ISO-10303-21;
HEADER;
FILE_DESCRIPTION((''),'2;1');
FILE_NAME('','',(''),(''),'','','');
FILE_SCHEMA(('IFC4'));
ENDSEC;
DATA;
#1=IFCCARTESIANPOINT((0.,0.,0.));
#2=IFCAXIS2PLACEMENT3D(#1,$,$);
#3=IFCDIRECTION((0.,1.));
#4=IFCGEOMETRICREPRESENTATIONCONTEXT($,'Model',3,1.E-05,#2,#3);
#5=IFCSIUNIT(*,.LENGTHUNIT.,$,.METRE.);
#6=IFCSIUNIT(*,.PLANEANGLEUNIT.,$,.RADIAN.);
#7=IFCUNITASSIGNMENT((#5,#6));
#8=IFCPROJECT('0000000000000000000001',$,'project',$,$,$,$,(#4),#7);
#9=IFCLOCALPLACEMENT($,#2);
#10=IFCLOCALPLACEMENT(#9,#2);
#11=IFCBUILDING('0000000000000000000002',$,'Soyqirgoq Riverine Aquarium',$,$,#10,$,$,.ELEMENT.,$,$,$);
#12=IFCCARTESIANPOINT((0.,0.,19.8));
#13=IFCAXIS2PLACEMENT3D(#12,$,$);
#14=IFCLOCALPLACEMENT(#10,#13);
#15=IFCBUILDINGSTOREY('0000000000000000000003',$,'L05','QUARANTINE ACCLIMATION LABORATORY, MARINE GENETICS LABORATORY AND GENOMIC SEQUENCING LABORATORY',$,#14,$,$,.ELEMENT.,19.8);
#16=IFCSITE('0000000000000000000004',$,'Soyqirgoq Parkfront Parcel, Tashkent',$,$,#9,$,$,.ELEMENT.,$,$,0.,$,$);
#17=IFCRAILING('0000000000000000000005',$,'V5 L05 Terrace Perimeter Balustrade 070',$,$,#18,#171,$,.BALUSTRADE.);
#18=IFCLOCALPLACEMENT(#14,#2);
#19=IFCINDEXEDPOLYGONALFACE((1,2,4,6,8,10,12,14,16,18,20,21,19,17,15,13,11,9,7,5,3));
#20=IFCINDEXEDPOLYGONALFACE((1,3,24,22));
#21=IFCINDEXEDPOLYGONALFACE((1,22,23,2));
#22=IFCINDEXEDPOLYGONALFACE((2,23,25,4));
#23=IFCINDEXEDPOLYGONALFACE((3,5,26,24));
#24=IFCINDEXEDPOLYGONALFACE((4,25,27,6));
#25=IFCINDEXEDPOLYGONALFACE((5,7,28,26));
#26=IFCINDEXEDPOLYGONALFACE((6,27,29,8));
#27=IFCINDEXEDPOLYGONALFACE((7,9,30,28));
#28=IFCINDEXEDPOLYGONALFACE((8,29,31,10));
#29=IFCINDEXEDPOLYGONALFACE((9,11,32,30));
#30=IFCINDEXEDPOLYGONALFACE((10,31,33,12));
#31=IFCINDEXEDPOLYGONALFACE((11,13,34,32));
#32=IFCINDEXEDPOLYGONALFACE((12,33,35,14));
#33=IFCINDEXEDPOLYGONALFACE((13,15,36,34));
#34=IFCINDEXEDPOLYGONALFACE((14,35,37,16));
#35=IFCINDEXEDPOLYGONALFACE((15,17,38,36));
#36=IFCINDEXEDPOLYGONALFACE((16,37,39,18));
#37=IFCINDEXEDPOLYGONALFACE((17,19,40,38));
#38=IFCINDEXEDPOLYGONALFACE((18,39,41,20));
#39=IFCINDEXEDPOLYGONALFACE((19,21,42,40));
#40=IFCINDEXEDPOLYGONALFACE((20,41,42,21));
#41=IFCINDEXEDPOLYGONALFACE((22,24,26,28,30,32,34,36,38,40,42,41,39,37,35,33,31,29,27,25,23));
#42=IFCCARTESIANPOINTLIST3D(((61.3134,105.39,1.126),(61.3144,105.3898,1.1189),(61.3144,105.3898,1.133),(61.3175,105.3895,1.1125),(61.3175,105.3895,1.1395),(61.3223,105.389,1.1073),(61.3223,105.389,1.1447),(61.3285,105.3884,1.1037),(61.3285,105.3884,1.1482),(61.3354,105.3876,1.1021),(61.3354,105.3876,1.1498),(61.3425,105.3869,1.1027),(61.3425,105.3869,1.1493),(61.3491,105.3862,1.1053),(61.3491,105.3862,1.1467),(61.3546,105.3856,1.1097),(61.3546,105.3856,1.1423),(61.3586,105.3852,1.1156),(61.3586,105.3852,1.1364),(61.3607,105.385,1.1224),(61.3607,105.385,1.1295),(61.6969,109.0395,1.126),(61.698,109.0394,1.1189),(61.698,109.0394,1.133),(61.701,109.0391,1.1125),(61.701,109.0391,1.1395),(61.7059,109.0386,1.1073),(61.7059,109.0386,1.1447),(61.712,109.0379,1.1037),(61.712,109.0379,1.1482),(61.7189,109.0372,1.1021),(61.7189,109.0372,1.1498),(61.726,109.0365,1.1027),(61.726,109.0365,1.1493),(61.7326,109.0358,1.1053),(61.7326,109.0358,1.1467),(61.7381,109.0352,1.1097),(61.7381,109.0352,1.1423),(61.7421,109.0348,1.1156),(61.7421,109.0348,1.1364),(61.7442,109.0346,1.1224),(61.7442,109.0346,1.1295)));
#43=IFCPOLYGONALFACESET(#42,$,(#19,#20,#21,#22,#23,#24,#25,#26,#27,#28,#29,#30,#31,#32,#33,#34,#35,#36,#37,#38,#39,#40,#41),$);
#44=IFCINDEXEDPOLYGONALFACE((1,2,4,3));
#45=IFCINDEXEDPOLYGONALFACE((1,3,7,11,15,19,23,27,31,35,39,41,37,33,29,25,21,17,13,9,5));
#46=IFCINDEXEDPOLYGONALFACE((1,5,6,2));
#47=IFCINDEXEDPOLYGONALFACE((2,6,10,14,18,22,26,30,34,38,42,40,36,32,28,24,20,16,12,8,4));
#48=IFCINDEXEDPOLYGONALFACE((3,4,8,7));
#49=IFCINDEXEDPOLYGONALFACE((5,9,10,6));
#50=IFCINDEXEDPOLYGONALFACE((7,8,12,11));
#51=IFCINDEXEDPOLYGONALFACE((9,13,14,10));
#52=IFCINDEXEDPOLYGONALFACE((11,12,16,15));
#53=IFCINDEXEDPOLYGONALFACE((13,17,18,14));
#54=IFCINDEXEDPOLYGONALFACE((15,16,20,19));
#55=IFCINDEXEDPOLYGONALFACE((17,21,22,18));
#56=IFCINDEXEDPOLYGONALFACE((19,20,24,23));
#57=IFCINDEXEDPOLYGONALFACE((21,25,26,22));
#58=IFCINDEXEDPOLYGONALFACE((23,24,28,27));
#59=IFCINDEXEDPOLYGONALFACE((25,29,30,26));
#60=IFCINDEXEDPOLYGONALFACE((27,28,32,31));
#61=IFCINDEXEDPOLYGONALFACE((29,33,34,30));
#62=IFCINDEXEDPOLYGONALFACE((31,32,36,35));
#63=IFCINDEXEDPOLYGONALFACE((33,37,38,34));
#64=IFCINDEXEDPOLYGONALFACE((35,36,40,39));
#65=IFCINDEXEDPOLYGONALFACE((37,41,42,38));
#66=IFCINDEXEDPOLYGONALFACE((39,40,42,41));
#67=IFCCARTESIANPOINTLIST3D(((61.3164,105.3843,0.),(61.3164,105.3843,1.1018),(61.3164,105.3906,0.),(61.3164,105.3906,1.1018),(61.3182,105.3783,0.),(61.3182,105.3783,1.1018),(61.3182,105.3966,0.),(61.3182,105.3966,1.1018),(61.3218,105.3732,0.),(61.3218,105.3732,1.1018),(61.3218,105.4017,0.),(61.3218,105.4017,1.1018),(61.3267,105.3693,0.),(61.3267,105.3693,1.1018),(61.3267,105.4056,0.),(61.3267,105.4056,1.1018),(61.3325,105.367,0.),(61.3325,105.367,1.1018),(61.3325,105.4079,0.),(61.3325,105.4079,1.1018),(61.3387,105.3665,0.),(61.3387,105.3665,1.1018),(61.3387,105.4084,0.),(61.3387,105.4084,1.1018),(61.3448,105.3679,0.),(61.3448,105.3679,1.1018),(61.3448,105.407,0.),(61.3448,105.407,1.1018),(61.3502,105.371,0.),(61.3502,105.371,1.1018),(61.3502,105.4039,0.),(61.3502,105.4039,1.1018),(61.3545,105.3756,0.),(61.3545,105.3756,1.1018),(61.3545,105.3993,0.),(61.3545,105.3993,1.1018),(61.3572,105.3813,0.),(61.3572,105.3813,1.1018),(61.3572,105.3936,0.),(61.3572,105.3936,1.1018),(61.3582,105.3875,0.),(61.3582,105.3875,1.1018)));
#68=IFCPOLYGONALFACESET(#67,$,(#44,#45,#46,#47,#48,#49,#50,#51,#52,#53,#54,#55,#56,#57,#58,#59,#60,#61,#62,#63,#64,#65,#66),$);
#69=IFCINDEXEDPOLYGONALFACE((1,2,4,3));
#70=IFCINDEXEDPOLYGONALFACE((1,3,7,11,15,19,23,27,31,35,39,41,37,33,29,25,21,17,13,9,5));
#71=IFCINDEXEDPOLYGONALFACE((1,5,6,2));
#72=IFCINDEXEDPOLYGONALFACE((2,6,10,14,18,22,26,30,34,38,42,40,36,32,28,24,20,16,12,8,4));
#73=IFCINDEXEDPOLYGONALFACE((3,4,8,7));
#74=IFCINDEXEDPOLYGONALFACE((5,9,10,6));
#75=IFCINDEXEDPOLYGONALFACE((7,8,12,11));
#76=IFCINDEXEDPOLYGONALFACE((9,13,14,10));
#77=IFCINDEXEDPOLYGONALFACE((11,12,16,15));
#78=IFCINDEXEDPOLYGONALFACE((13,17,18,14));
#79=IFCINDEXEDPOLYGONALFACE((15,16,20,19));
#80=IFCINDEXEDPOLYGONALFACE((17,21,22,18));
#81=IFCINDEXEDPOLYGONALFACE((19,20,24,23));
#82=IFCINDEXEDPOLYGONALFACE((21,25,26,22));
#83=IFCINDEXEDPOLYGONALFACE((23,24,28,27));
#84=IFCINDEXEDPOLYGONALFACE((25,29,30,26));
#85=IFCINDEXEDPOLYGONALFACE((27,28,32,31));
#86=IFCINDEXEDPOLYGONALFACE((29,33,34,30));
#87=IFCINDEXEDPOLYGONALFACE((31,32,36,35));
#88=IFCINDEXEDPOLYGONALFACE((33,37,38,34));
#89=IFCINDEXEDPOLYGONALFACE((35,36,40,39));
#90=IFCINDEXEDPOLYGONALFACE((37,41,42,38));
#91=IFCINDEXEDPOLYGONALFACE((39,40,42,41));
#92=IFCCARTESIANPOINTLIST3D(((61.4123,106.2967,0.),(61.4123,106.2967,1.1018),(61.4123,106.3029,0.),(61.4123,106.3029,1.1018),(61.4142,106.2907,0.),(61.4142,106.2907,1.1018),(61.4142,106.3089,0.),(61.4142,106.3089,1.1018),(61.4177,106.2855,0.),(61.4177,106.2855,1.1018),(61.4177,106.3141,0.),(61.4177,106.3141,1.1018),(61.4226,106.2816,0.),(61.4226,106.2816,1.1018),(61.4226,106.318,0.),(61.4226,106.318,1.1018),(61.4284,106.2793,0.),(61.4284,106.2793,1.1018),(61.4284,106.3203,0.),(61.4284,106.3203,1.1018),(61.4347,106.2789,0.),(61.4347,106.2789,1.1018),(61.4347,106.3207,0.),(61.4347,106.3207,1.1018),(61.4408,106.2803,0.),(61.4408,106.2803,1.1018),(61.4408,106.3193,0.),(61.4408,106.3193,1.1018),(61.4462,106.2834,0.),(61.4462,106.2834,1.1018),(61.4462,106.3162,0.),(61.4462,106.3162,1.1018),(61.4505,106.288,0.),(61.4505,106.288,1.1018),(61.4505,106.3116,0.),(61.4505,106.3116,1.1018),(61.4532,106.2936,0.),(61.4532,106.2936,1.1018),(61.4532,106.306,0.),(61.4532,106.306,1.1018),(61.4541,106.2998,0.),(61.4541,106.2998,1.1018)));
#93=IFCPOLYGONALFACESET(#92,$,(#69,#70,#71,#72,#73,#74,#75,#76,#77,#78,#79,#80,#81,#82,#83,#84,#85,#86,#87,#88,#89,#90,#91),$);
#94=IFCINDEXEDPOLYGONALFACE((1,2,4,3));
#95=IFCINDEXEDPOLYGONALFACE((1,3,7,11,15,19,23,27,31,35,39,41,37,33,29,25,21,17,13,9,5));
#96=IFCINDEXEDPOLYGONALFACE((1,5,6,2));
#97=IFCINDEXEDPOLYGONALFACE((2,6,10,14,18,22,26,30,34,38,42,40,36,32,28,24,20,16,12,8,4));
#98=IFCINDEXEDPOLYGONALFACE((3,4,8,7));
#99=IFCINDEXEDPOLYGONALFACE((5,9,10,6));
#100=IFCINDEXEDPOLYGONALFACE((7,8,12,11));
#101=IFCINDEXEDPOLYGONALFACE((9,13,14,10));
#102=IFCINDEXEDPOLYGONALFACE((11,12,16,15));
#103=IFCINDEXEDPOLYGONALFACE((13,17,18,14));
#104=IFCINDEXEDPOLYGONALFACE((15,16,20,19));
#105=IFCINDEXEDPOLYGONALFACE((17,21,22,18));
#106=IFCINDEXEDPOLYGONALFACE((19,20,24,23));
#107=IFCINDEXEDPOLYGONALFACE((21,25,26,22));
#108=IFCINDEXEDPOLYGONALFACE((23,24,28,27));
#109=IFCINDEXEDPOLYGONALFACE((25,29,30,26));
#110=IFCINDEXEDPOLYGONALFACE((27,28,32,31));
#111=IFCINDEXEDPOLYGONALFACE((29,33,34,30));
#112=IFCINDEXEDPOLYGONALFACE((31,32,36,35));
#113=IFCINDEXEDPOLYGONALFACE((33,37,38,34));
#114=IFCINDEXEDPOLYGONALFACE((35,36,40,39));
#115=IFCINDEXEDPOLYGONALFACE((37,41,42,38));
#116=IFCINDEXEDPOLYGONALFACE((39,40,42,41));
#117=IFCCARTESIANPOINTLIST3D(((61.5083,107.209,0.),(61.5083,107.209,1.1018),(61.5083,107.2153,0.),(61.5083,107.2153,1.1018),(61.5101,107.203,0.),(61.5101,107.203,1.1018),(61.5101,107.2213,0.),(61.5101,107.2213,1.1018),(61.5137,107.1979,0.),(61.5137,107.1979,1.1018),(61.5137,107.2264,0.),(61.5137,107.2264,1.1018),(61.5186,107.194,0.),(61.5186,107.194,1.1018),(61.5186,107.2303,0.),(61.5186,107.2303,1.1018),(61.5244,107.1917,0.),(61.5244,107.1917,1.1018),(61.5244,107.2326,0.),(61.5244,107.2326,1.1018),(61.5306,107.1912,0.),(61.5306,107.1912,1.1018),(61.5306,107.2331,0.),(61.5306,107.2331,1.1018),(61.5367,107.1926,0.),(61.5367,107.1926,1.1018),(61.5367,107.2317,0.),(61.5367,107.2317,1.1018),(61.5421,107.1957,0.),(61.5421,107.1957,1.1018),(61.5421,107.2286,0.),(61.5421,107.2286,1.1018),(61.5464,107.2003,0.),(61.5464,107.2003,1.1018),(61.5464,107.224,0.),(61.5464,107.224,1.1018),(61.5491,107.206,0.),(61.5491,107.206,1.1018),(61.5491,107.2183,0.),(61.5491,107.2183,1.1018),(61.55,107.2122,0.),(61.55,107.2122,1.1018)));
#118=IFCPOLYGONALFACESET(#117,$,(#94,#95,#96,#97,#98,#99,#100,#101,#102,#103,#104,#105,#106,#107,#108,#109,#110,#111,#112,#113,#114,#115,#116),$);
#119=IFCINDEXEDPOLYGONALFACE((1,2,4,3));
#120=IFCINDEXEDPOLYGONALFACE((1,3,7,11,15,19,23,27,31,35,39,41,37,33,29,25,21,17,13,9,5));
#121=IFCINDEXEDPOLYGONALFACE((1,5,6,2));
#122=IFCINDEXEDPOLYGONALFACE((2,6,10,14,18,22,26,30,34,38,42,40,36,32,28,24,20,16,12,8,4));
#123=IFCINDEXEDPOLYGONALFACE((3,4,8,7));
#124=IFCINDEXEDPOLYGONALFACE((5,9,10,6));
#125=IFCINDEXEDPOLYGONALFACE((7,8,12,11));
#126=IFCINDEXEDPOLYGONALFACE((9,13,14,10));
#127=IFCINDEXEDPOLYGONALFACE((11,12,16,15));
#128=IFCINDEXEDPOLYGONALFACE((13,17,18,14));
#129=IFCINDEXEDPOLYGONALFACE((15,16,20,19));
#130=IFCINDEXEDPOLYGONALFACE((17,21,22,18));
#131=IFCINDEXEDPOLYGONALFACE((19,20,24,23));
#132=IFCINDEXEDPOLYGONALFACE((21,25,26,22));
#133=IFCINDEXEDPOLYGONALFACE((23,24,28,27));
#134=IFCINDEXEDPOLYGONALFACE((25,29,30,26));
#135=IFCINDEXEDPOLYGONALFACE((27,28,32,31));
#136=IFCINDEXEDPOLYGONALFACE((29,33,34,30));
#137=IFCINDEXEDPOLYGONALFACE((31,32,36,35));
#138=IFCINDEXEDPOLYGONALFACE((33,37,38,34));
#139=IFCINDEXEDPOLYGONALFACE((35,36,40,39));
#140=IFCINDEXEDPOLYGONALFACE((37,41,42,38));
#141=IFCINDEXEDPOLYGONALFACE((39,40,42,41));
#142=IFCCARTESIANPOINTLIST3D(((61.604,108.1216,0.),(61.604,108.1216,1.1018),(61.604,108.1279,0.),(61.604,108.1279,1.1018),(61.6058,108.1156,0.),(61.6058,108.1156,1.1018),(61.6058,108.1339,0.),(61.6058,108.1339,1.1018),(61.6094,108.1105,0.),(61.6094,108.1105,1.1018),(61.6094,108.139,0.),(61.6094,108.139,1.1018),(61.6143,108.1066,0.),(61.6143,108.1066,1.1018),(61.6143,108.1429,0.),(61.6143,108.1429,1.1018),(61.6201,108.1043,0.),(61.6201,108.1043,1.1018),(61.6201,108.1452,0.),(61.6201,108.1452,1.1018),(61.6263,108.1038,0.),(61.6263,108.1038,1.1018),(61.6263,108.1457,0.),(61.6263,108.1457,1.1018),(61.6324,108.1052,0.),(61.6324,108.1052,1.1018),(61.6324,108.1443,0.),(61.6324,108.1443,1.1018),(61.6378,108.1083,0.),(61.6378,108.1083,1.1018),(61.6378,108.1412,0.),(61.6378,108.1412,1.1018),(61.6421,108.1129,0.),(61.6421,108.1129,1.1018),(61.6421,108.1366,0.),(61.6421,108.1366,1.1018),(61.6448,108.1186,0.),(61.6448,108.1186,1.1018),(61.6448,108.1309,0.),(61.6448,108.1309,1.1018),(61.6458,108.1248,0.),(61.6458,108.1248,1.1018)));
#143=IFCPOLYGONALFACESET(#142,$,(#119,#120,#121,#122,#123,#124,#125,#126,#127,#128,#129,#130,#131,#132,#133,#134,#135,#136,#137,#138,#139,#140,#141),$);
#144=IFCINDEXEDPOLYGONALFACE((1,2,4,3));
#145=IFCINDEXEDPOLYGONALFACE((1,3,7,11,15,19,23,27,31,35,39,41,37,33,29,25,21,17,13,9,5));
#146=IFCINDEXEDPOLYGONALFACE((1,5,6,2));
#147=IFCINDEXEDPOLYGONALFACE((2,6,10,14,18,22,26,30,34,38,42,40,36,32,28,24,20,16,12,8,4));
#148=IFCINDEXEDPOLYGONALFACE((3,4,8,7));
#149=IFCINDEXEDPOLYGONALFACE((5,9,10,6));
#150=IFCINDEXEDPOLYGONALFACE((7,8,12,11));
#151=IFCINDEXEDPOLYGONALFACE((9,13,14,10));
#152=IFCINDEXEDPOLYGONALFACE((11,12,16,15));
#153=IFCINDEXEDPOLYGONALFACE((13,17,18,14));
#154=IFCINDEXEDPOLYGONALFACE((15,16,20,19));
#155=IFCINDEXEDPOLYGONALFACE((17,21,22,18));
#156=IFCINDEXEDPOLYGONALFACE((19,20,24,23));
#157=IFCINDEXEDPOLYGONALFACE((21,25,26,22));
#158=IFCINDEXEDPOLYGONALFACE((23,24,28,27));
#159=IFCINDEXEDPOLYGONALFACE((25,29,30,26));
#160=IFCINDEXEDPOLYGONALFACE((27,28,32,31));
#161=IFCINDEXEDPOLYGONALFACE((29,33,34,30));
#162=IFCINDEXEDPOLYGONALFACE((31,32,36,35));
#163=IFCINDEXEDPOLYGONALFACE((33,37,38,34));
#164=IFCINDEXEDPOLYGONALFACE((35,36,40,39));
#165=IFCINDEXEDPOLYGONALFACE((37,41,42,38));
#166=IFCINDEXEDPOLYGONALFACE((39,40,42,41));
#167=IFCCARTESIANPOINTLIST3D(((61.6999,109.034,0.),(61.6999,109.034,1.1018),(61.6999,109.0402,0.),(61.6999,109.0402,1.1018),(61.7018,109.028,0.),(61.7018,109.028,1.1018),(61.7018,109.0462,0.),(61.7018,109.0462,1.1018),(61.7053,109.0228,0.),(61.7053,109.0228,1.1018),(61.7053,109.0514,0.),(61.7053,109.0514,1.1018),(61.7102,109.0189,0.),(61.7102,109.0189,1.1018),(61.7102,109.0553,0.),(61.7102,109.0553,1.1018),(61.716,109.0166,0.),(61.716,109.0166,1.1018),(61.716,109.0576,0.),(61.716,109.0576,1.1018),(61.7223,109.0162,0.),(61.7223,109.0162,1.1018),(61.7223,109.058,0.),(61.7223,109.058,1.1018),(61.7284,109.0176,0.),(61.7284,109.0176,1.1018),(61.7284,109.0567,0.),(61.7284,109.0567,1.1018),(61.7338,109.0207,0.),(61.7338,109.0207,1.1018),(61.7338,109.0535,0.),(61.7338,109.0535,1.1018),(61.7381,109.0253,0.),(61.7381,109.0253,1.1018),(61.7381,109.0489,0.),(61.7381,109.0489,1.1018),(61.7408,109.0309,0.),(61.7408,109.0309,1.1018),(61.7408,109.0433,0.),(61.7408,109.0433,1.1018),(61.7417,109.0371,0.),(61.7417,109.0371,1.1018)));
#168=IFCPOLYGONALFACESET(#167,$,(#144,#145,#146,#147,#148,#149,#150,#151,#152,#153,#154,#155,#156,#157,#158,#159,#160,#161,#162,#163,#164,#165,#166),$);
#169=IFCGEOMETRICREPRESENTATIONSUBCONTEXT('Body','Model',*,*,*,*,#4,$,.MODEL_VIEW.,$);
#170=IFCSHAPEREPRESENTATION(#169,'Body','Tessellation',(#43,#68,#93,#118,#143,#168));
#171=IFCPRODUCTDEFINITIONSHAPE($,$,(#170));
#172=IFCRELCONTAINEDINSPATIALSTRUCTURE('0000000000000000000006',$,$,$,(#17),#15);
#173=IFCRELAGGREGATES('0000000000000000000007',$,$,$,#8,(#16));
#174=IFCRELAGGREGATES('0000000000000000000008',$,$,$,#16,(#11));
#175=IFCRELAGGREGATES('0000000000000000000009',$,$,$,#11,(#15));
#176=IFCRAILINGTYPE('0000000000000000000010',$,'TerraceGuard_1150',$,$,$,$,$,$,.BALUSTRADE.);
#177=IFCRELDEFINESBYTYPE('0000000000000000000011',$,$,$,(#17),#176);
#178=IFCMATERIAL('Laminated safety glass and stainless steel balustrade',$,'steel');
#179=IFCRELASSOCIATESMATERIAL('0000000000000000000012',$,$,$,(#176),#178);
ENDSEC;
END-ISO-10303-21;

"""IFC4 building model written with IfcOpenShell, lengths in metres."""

from ifc_helpers import new_model, si_unit, direction, frame, origin, origin_2d, place, context, subcontext, project, spatial, circle, extrude, material, type_object, element, save


model = new_model("IFC4")

# Units and contexts
model_context = context("Model", 3, precision=1e-05, world=origin(), true_north=direction((0.0, 1.0)))
body_context = subcontext(model_context, "Body", "Model", "MODEL_VIEW")
ifc_project = project(units=[si_unit("LENGTHUNIT", "METRE"), si_unit("PLANEANGLEUNIT", "RADIAN")], contexts=[model_context])

# Site, building, storey
site_placement = place(None, origin())
site = spatial("IfcSite", under=ifc_project, at=site_placement, Name="Soyqirgoq Parkfront Parcel, Tashkent", CompositionType="ELEMENT", RefElevation=0.0)
building_placement = place(site_placement, origin())
building = spatial("IfcBuilding", under=site, at=building_placement, Name="Soyqirgoq Riverine Aquarium", CompositionType="ELEMENT")
storey_placement = place(building_placement, frame((0.0, 0.0, 19.8)))
storey = spatial("IfcBuildingStorey", under=building, at=storey_placement, Name="L05", Description="QUARANTINE ACCLIMATION LABORATORY, MARINE GENETICS LABORATORY AND GENOMIC SEQUENCING LABORATORY", CompositionType="ELEMENT", Elevation=19.8)

# Railing
ifc_material_1 = material(Name="Laminated safety glass and stainless steel balustrade", Category="steel")
railing_type = type_object("IfcRailingType", Name="TerraceGuard_1150", PredefinedType="BALUSTRADE", material=ifc_material_1)
railing_1_placement = place(storey_placement, frame((61.3372, 105.3875, 0.0)))
element("IfcRailing", 1, at=railing_1_placement, inside=storey, type_object=railing_type, Name="V5 L05 Terrace Perimeter Balustrade 070", PredefinedType="BALUSTRADE", context=body_context, shape_type="SweptSolid", body=[
    extrude(circle(Radius=0.0239, at=origin_2d()), frame((0.0, 0.0, 1.126), z_axis=(0.104515, 0.994523, 0.0), x_axis=(-0.994523, 0.104515, 0.0)), (0.0, 0.0, 1.0), 3.6697),
    extrude(circle(Radius=0.021, at=origin_2d()), origin(), (0.0, 0.0, 1.0), 1.1018),
    extrude(circle(Radius=0.021, at=origin_2d()), frame((0.0959, 0.9124, 0.0)), (0.0, 0.0, 1.0), 1.1018),
    extrude(circle(Radius=0.021, at=origin_2d()), frame((0.1919, 1.8247, 0.0)), (0.0, 0.0, 1.0), 1.1018),
    extrude(circle(Radius=0.021, at=origin_2d()), frame((0.2876, 2.7373, 0.0)), (0.0, 0.0, 1.0), 1.1018),
    extrude(circle(Radius=0.021, at=origin_2d()), frame((0.3835, 3.6497, 0.0)), (0.0, 0.0, 1.0), 1.1018),
])

save(model, "model.ifc")
